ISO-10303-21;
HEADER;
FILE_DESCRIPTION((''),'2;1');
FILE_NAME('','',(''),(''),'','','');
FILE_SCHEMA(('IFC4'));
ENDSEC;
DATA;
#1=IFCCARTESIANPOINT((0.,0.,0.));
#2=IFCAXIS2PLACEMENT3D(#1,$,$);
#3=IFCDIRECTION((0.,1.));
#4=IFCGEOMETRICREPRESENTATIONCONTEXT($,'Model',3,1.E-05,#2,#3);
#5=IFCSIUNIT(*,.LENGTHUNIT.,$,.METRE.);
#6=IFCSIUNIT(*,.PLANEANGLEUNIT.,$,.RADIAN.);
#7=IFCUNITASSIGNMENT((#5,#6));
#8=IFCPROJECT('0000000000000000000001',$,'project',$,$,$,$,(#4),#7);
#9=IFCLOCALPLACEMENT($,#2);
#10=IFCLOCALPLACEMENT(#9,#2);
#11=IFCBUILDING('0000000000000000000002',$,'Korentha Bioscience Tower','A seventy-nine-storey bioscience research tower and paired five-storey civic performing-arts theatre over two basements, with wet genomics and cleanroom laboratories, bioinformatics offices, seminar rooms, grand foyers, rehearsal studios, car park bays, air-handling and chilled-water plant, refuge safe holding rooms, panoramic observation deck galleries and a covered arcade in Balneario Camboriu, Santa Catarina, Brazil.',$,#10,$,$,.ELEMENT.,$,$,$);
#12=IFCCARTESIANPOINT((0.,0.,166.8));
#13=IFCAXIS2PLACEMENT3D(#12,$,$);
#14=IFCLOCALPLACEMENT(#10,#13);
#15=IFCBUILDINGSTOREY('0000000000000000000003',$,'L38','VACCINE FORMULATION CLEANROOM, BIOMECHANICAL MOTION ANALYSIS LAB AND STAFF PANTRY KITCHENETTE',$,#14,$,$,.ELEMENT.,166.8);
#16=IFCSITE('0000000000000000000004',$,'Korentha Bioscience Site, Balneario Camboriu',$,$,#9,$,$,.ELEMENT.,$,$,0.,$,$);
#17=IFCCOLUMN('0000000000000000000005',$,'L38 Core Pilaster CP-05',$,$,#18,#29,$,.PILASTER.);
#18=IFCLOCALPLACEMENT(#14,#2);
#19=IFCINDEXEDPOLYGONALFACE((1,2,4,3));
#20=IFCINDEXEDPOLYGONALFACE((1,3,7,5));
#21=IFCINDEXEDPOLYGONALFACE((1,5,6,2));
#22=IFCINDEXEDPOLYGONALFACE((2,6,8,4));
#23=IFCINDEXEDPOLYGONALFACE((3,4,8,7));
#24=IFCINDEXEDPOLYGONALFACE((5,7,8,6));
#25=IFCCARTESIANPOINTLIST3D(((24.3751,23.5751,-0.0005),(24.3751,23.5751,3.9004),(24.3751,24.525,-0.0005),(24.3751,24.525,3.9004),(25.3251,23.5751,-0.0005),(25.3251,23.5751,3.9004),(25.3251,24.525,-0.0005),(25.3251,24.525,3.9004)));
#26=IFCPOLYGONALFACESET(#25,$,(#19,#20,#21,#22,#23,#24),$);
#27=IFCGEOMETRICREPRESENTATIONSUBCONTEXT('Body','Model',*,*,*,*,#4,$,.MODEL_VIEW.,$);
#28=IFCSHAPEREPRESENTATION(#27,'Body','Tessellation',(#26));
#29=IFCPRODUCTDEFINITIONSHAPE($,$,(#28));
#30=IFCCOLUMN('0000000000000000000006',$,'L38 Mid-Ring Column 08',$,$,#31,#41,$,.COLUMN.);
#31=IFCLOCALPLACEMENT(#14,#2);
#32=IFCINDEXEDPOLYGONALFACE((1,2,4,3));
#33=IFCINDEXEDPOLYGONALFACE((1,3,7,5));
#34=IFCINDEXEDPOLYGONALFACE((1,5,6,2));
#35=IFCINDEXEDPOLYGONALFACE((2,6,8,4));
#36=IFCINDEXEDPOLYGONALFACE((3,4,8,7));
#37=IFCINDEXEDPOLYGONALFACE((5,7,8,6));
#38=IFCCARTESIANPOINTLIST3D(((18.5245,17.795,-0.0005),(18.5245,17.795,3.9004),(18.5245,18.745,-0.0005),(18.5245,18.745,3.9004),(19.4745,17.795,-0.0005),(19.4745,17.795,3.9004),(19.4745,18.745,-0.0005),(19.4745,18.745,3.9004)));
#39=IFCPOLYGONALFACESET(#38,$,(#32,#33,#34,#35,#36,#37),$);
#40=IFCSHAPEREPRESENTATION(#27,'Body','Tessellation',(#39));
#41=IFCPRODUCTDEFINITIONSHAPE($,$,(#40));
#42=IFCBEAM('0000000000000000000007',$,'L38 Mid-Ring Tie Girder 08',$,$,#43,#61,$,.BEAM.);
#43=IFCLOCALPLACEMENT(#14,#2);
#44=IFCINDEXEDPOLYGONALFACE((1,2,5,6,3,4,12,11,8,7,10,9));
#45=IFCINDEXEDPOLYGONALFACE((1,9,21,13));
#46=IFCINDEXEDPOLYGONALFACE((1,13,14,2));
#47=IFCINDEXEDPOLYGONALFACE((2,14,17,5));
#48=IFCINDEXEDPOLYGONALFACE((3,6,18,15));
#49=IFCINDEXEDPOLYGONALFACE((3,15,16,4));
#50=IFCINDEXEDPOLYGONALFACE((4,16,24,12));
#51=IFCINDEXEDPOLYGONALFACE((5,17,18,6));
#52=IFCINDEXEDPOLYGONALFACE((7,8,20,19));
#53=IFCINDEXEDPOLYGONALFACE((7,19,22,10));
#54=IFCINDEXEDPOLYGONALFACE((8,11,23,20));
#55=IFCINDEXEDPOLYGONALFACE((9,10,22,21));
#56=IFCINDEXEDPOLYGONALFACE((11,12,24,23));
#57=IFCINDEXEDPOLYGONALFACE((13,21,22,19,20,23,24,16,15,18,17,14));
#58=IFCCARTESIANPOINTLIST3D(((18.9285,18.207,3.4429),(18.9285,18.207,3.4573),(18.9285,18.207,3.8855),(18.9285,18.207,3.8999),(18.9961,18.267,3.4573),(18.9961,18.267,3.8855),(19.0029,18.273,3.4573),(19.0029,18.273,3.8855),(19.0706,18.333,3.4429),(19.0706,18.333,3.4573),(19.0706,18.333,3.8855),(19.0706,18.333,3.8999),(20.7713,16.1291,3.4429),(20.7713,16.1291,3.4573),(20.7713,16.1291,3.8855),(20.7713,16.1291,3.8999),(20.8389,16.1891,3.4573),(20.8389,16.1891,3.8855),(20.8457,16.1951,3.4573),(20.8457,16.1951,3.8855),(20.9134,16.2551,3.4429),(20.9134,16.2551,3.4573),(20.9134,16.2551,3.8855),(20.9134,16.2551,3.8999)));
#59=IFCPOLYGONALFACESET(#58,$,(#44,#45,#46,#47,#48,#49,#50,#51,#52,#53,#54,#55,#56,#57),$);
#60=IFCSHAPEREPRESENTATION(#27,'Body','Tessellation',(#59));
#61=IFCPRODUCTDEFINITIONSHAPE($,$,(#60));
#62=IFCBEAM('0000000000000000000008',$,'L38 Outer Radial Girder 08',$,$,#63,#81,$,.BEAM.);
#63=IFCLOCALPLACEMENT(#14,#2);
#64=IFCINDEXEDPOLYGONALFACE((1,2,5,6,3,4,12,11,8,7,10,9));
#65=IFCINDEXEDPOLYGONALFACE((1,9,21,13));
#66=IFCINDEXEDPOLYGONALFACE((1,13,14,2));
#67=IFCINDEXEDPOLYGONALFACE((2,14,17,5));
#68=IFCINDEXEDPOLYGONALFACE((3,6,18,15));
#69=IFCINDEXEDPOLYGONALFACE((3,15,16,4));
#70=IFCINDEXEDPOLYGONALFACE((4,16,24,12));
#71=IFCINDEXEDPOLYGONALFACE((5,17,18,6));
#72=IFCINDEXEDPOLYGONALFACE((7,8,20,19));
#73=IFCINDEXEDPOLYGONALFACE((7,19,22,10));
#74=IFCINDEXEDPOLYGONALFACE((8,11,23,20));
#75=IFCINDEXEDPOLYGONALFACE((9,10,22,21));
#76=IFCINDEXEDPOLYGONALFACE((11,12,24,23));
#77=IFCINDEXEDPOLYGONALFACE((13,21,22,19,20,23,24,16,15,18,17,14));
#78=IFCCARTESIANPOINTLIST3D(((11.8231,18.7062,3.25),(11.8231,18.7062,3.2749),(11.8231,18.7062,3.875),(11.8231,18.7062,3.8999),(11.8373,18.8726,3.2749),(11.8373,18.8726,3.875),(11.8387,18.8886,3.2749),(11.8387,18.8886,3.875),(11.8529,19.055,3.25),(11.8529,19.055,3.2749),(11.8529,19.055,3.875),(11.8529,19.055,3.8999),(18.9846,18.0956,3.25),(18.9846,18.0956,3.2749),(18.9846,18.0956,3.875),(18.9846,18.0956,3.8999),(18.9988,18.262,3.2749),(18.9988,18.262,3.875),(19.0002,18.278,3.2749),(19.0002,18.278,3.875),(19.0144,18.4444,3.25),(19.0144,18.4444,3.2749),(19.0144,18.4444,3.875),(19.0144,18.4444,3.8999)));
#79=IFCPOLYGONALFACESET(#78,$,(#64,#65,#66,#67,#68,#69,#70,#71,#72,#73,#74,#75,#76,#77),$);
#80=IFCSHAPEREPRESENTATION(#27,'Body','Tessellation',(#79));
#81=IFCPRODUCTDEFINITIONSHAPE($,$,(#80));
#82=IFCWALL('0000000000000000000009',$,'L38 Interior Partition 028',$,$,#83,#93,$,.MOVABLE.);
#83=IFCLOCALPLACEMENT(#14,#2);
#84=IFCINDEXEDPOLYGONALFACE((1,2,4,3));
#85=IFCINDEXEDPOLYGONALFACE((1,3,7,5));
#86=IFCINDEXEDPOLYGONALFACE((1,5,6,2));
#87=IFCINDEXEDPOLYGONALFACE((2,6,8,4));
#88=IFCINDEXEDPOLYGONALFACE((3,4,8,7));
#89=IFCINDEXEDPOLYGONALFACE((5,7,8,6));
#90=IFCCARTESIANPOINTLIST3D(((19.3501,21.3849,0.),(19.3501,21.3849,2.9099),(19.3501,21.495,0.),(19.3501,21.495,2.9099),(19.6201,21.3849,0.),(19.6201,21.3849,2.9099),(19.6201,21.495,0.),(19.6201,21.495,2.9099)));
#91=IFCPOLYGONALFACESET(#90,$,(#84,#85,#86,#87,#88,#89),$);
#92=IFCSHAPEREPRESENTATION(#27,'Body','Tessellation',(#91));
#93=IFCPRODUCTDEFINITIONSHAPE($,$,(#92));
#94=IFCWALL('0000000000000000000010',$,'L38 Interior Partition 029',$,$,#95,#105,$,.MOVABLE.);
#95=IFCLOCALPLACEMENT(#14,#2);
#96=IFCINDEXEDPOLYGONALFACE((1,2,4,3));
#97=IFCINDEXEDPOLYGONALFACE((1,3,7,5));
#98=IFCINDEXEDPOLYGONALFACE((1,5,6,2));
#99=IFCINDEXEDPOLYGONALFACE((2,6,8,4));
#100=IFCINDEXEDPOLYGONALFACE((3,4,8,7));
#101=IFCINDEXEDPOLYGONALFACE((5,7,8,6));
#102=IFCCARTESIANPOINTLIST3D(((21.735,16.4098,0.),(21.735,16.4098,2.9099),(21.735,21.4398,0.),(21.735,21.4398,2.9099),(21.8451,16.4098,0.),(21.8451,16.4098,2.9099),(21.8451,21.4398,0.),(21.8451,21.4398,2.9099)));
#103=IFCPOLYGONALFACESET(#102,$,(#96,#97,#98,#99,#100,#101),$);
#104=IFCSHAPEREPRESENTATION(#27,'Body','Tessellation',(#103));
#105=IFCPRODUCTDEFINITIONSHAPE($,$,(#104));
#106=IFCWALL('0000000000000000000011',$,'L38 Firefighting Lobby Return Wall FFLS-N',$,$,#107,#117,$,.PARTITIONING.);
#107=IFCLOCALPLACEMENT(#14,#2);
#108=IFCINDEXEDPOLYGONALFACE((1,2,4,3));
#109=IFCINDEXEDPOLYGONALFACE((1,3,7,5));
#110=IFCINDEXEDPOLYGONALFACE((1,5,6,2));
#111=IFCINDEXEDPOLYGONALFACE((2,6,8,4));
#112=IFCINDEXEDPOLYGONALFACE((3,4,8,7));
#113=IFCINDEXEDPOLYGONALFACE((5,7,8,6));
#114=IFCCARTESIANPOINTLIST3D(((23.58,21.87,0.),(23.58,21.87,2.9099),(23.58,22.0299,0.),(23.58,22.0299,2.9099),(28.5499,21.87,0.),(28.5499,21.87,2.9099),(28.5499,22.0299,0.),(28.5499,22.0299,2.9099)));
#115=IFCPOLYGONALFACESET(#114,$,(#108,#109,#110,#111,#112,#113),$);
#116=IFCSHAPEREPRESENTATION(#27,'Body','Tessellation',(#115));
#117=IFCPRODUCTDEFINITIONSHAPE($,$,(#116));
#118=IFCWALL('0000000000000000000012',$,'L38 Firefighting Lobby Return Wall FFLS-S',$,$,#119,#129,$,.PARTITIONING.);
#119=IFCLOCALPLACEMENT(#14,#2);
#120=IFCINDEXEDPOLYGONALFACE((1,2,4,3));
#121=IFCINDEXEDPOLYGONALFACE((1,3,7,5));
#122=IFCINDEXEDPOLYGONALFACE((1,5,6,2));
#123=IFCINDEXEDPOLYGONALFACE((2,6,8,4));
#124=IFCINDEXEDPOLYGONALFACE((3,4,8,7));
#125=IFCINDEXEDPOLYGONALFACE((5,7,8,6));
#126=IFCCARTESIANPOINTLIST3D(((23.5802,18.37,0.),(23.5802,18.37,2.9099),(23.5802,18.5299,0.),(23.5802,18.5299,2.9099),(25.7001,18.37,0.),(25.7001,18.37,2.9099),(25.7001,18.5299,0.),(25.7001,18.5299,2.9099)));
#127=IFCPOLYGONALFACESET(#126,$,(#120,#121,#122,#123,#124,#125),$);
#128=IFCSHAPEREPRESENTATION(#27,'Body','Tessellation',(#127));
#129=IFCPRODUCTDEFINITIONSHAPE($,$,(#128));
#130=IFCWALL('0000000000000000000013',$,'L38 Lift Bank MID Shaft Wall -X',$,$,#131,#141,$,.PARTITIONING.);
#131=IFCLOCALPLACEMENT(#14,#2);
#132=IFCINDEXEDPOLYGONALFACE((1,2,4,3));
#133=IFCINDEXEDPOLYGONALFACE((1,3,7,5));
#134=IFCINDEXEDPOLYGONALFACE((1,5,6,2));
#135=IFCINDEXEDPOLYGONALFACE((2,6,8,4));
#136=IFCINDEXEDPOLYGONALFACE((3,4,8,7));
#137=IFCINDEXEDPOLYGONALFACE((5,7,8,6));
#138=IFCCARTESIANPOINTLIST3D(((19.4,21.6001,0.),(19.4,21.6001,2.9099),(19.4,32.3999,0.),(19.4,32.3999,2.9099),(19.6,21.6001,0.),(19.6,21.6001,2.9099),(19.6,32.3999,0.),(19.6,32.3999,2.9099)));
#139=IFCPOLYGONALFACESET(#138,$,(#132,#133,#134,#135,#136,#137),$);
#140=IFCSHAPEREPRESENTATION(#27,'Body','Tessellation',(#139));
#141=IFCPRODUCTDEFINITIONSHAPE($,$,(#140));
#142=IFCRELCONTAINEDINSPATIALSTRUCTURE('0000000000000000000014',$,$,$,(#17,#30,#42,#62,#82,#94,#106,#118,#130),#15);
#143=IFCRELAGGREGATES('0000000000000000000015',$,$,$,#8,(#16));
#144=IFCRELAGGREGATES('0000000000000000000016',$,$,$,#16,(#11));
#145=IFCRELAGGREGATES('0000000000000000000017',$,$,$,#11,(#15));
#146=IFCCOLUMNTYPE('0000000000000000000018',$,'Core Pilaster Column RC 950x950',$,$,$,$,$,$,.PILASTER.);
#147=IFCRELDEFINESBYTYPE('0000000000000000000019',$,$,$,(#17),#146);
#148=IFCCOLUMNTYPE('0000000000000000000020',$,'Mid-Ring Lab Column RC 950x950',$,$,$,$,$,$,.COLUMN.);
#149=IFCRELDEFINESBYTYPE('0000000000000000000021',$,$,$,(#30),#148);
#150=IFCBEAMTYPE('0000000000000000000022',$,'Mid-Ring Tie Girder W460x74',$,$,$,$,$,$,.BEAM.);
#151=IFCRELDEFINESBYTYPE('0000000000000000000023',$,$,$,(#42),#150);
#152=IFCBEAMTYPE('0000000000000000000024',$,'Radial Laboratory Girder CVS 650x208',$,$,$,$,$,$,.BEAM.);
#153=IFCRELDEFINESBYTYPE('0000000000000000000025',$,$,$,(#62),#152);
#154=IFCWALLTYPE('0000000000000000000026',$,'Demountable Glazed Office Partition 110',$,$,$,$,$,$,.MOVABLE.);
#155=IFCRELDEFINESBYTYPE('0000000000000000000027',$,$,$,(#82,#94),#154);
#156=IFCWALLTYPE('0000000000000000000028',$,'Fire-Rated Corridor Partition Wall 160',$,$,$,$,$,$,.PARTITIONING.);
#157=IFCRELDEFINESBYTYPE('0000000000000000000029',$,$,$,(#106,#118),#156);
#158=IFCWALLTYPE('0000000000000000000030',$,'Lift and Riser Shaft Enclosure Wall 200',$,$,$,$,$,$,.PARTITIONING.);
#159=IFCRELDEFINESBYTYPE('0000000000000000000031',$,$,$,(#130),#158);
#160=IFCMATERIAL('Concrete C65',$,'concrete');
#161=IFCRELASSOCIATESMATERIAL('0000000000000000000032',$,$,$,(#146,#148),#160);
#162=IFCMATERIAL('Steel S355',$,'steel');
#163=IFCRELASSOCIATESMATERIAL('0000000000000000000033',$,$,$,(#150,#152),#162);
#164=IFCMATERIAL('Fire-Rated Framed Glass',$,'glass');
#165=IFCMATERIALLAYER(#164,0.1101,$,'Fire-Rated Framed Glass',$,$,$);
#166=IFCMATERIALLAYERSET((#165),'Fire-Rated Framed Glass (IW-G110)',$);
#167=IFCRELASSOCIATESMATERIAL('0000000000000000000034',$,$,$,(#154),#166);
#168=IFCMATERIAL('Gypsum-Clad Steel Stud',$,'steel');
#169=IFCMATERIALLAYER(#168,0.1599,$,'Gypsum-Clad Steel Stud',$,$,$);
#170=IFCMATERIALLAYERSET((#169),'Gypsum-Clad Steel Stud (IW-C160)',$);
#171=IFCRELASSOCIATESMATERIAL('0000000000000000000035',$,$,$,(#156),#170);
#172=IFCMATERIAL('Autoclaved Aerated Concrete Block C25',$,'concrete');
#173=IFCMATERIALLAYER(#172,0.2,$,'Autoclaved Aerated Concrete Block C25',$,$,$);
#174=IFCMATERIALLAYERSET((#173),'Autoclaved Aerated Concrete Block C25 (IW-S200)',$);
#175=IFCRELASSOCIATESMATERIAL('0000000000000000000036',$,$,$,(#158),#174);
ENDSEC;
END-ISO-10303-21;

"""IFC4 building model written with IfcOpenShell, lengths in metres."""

from ifc_helpers import new_model, si_unit, direction, frame, frame_2d, origin, origin_2d, place, context, subcontext, project, spatial, rectangle, i_section, extrude, material, layer, layer_set, material_profile, profile_set, type_object, element, save


model = new_model("IFC4")

# Units and contexts
model_context = context("Model", 3, precision=1e-05, world=origin(), true_north=direction((0.0, 1.0)))
body_context = subcontext(model_context, "Body", "Model", "MODEL_VIEW")
ifc_project = project(units=[si_unit("LENGTHUNIT", "METRE"), si_unit("PLANEANGLEUNIT", "RADIAN")], contexts=[model_context])

# Site, building, storey
site_placement = place(None, origin())
site = spatial("IfcSite", under=ifc_project, at=site_placement, Name="Korentha Bioscience Site, Balneario Camboriu", CompositionType="ELEMENT", RefElevation=0.0)
building_placement = place(site_placement, origin())
building = spatial("IfcBuilding", under=site, at=building_placement, Name="Korentha Bioscience Tower", Description="A seventy-nine-storey bioscience research tower and paired five-storey civic performing-arts theatre over two basements, with wet genomics and cleanroom laboratories, bioinformatics offices, seminar rooms, grand foyers, rehearsal studios, car park bays, air-handling and chilled-water plant, refuge safe holding rooms, panoramic observation deck galleries and a covered arcade in Balneario Camboriu, Santa Catarina, Brazil.", CompositionType="ELEMENT")
storey_placement = place(building_placement, frame((0.0, 0.0, 166.8)))
storey = spatial("IfcBuildingStorey", under=building, at=storey_placement, Name="L38", Description="VACCINE FORMULATION CLEANROOM, BIOMECHANICAL MOTION ANALYSIS LAB AND STAFF PANTRY KITCHENETTE", CompositionType="ELEMENT", Elevation=166.8)

# Columns
ifc_material_1 = material(Name="Concrete C65", Category="concrete")
ifc_material_profile_1 = material_profile(ifc_material_1, rectangle(XDim=0.95, YDim=0.95, at=origin_2d()), Name="Concrete C65")
ifc_profile_set_1 = profile_set([ifc_material_profile_1], Name="Concrete C65 (COL-CP09)")
column_type_1 = type_object("IfcColumnType", Name="Core Pilaster Column RC 950x950", PredefinedType="PILASTER", material=ifc_profile_set_1)
column_1_placement = place(storey_placement, frame((24.8501, 24.05, -0.0005), z_axis=(0.0, 0.0, 1.0), x_axis=(1.0, 0.0, 0.0)))
element("IfcColumn", 1, at=column_1_placement, inside=storey, type_object=column_type_1, Name="L38 Core Pilaster CP-05", PredefinedType="PILASTER", context=body_context, shape_type="SweptSolid", body=[
    extrude(rectangle(XDim=0.95, YDim=0.95, at=origin_2d()), origin(), (0.0, 0.0, 1.0), 3.9009),
])
ifc_material_profile_2 = material_profile(ifc_material_1, rectangle(XDim=0.95, YDim=0.95, at=origin_2d()), Name="Concrete C65")
ifc_profile_set_2 = profile_set([ifc_material_profile_2], Name="Concrete C65 (COL-MR09)")
column_type_2 = type_object("IfcColumnType", Name="Mid-Ring Lab Column RC 950x950", PredefinedType="COLUMN", material=ifc_profile_set_2)
column_2_placement = place(storey_placement, frame((18.9995, 18.27, -0.0005), z_axis=(0.0, 0.0, 1.0), x_axis=(1.0, 0.0, 0.0)))
element("IfcColumn", 2, at=column_2_placement, inside=storey, type_object=column_type_2, Name="L38 Mid-Ring Column 08", PredefinedType="COLUMN", context=body_context, shape_type="SweptSolid", body=[
    extrude(rectangle(XDim=0.95, YDim=0.95, at=origin_2d()), origin(), (0.0, 0.0, 1.0), 3.9009),
])

# Beams
ifc_material_2 = material(Name="Steel S355", Category="steel")
ifc_material_profile_3 = material_profile(ifc_material_2, i_section(OverallWidth=0.1899, OverallDepth=0.457, WebThickness=0.009, FlangeThickness=0.0144, at=origin_2d()), Name="Steel S355")
ifc_profile_set_3 = profile_set([ifc_material_profile_3], Name="Steel S355 (MB-460)")
beam_type_1 = type_object("IfcBeamType", Name="Mid-Ring Tie Girder W460x74", PredefinedType="BEAM", material=ifc_profile_set_3)
beam_1_placement = place(storey_placement, frame((18.9995, 18.27, 3.6714), z_axis=(0.663512, -0.748165, 0.0), x_axis=(0.748165, 0.663512, 0.0)))
element("IfcBeam", 3, at=beam_1_placement, inside=storey, type_object=beam_type_1, Name="L38 Mid-Ring Tie Girder 08", PredefinedType="BEAM", context=body_context, shape_type="SweptSolid", body=[
    extrude(i_section(OverallWidth=0.1899, OverallDepth=0.457, WebThickness=0.009, FlangeThickness=0.0144, at=origin_2d()), origin(), (0.0, 0.0, 1.0), 2.7773),
])
ifc_material_profile_4 = material_profile(ifc_material_2, i_section(OverallWidth=0.3501, OverallDepth=0.6499, WebThickness=0.0161, FlangeThickness=0.0249, at=origin_2d()), Name="Steel S355")
ifc_profile_set_4 = profile_set([ifc_material_profile_4], Name="Steel S355 (RB-650)")
beam_type_2 = type_object("IfcBeamType", Name="Radial Laboratory Girder CVS 650x208", PredefinedType="BEAM", material=ifc_profile_set_4)
beam_2_placement = place(storey_placement, frame((18.9995, 18.27, 3.575), z_axis=(-0.996385, 0.084951, 0.0), x_axis=(-0.084951, -0.996385, 0.0)))
element("IfcBeam", 4, at=beam_2_placement, inside=storey, type_object=beam_type_2, Name="L38 Outer Radial Girder 08", PredefinedType="BEAM", context=body_context, shape_type="SweptSolid", body=[
    extrude(i_section(OverallWidth=0.3501, OverallDepth=0.6499, WebThickness=0.0161, FlangeThickness=0.0249, at=origin_2d()), origin(), (0.0, 0.0, 1.0), 7.1875),
])

# Walls
ifc_material_3 = material(Name="Fire-Rated Framed Glass", Category="glass")
ifc_layer_1 = layer(ifc_material_3, 0.1101, Name="Fire-Rated Framed Glass")
ifc_layer_set_1 = layer_set([ifc_layer_1], Name="Fire-Rated Framed Glass (IW-G110)")
wall_type_1 = type_object("IfcWallType", Name="Demountable Glazed Office Partition 110", PredefinedType="MOVABLE", material=ifc_layer_set_1)
wall_1_placement = place(storey_placement, frame((19.3501, 21.4399, 0.0), z_axis=(0.0, 0.0, 1.0), x_axis=(1.0, 0.0, 0.0)))
element("IfcWall", 5, at=wall_1_placement, inside=storey, type_object=wall_type_1, Name="L38 Interior Partition 028", PredefinedType="MOVABLE", context=body_context, shape_type="SweptSolid", body=[
    extrude(rectangle(XDim=0.27, YDim=0.1101, at=frame_2d((0.135, 0.0))), origin(), (0.0, 0.0, 1.0), 2.9099),
])
wall_2_placement = place(storey_placement, frame((21.79, 21.4399, 0.0), z_axis=(0.0, 0.0, 1.0), x_axis=(0.0, -1.0, 0.0)))
element("IfcWall", 6, at=wall_2_placement, inside=storey, type_object=wall_type_1, Name="L38 Interior Partition 029", PredefinedType="MOVABLE", context=body_context, shape_type="SweptSolid", body=[
    extrude(rectangle(XDim=5.03, YDim=0.1101, at=frame_2d((2.5151, 0.0))), origin(), (0.0, 0.0, 1.0), 2.9099),
])

# Shared definitions
ifc_material_4 = material(Name="Gypsum-Clad Steel Stud", Category="steel")
ifc_layer_2 = layer(ifc_material_4, 0.1599, Name="Gypsum-Clad Steel Stud")
ifc_layer_set_2 = layer_set([ifc_layer_2], Name="Gypsum-Clad Steel Stud (IW-C160)")
wall_type_2 = type_object("IfcWallType", Name="Fire-Rated Corridor Partition Wall 160", PredefinedType="PARTITIONING", material=ifc_layer_set_2)

# Walls
wall_3_placement = place(storey_placement, frame((23.5801, 21.95, 0.0), z_axis=(0.0, 0.0, 1.0), x_axis=(1.0, 0.0, 0.0)))
element("IfcWall", 7, at=wall_3_placement, inside=storey, type_object=wall_type_2, Name="L38 Firefighting Lobby Return Wall FFLS-N", PredefinedType="PARTITIONING", context=body_context, shape_type="SweptSolid", body=[
    extrude(rectangle(XDim=4.97, YDim=0.1599, at=frame_2d((2.4849, 0.0))), origin(), (0.0, 0.0, 1.0), 2.9099),
])
wall_4_placement = place(storey_placement, frame((23.5801, 18.45, 0.0), z_axis=(0.0, 0.0, 1.0), x_axis=(1.0, 0.0, 0.0)))
element("IfcWall", 8, at=wall_4_placement, inside=storey, type_object=wall_type_2, Name="L38 Firefighting Lobby Return Wall FFLS-S", PredefinedType="PARTITIONING", context=body_context, shape_type="SweptSolid", body=[
    extrude(rectangle(XDim=2.1199, YDim=0.1599, at=frame_2d((1.0601, 0.0))), origin(), (0.0, 0.0, 1.0), 2.9099),
])
ifc_material_5 = material(Name="Autoclaved Aerated Concrete Block C25", Category="concrete")
ifc_layer_3 = layer(ifc_material_5, 0.2, Name="Autoclaved Aerated Concrete Block C25")
ifc_layer_set_3 = layer_set([ifc_layer_3], Name="Autoclaved Aerated Concrete Block C25 (IW-S200)")
wall_type_3 = type_object("IfcWallType", Name="Lift and Riser Shaft Enclosure Wall 200", PredefinedType="PARTITIONING", material=ifc_layer_set_3)
wall_5_placement = place(storey_placement, frame((19.5, 21.6001, 0.0), z_axis=(0.0, 0.0, 1.0), x_axis=(0.0, 1.0, 0.0)))
element("IfcWall", 9, at=wall_5_placement, inside=storey, type_object=wall_type_3, Name="L38 Lift Bank MID Shaft Wall -X", PredefinedType="PARTITIONING", context=body_context, shape_type="SweptSolid", body=[
    extrude(rectangle(XDim=10.7998, YDim=0.2, at=frame_2d((5.3999, 0.0))), origin(), (0.0, 0.0, 1.0), 2.9099),
])

save(model, "model.ifc")
